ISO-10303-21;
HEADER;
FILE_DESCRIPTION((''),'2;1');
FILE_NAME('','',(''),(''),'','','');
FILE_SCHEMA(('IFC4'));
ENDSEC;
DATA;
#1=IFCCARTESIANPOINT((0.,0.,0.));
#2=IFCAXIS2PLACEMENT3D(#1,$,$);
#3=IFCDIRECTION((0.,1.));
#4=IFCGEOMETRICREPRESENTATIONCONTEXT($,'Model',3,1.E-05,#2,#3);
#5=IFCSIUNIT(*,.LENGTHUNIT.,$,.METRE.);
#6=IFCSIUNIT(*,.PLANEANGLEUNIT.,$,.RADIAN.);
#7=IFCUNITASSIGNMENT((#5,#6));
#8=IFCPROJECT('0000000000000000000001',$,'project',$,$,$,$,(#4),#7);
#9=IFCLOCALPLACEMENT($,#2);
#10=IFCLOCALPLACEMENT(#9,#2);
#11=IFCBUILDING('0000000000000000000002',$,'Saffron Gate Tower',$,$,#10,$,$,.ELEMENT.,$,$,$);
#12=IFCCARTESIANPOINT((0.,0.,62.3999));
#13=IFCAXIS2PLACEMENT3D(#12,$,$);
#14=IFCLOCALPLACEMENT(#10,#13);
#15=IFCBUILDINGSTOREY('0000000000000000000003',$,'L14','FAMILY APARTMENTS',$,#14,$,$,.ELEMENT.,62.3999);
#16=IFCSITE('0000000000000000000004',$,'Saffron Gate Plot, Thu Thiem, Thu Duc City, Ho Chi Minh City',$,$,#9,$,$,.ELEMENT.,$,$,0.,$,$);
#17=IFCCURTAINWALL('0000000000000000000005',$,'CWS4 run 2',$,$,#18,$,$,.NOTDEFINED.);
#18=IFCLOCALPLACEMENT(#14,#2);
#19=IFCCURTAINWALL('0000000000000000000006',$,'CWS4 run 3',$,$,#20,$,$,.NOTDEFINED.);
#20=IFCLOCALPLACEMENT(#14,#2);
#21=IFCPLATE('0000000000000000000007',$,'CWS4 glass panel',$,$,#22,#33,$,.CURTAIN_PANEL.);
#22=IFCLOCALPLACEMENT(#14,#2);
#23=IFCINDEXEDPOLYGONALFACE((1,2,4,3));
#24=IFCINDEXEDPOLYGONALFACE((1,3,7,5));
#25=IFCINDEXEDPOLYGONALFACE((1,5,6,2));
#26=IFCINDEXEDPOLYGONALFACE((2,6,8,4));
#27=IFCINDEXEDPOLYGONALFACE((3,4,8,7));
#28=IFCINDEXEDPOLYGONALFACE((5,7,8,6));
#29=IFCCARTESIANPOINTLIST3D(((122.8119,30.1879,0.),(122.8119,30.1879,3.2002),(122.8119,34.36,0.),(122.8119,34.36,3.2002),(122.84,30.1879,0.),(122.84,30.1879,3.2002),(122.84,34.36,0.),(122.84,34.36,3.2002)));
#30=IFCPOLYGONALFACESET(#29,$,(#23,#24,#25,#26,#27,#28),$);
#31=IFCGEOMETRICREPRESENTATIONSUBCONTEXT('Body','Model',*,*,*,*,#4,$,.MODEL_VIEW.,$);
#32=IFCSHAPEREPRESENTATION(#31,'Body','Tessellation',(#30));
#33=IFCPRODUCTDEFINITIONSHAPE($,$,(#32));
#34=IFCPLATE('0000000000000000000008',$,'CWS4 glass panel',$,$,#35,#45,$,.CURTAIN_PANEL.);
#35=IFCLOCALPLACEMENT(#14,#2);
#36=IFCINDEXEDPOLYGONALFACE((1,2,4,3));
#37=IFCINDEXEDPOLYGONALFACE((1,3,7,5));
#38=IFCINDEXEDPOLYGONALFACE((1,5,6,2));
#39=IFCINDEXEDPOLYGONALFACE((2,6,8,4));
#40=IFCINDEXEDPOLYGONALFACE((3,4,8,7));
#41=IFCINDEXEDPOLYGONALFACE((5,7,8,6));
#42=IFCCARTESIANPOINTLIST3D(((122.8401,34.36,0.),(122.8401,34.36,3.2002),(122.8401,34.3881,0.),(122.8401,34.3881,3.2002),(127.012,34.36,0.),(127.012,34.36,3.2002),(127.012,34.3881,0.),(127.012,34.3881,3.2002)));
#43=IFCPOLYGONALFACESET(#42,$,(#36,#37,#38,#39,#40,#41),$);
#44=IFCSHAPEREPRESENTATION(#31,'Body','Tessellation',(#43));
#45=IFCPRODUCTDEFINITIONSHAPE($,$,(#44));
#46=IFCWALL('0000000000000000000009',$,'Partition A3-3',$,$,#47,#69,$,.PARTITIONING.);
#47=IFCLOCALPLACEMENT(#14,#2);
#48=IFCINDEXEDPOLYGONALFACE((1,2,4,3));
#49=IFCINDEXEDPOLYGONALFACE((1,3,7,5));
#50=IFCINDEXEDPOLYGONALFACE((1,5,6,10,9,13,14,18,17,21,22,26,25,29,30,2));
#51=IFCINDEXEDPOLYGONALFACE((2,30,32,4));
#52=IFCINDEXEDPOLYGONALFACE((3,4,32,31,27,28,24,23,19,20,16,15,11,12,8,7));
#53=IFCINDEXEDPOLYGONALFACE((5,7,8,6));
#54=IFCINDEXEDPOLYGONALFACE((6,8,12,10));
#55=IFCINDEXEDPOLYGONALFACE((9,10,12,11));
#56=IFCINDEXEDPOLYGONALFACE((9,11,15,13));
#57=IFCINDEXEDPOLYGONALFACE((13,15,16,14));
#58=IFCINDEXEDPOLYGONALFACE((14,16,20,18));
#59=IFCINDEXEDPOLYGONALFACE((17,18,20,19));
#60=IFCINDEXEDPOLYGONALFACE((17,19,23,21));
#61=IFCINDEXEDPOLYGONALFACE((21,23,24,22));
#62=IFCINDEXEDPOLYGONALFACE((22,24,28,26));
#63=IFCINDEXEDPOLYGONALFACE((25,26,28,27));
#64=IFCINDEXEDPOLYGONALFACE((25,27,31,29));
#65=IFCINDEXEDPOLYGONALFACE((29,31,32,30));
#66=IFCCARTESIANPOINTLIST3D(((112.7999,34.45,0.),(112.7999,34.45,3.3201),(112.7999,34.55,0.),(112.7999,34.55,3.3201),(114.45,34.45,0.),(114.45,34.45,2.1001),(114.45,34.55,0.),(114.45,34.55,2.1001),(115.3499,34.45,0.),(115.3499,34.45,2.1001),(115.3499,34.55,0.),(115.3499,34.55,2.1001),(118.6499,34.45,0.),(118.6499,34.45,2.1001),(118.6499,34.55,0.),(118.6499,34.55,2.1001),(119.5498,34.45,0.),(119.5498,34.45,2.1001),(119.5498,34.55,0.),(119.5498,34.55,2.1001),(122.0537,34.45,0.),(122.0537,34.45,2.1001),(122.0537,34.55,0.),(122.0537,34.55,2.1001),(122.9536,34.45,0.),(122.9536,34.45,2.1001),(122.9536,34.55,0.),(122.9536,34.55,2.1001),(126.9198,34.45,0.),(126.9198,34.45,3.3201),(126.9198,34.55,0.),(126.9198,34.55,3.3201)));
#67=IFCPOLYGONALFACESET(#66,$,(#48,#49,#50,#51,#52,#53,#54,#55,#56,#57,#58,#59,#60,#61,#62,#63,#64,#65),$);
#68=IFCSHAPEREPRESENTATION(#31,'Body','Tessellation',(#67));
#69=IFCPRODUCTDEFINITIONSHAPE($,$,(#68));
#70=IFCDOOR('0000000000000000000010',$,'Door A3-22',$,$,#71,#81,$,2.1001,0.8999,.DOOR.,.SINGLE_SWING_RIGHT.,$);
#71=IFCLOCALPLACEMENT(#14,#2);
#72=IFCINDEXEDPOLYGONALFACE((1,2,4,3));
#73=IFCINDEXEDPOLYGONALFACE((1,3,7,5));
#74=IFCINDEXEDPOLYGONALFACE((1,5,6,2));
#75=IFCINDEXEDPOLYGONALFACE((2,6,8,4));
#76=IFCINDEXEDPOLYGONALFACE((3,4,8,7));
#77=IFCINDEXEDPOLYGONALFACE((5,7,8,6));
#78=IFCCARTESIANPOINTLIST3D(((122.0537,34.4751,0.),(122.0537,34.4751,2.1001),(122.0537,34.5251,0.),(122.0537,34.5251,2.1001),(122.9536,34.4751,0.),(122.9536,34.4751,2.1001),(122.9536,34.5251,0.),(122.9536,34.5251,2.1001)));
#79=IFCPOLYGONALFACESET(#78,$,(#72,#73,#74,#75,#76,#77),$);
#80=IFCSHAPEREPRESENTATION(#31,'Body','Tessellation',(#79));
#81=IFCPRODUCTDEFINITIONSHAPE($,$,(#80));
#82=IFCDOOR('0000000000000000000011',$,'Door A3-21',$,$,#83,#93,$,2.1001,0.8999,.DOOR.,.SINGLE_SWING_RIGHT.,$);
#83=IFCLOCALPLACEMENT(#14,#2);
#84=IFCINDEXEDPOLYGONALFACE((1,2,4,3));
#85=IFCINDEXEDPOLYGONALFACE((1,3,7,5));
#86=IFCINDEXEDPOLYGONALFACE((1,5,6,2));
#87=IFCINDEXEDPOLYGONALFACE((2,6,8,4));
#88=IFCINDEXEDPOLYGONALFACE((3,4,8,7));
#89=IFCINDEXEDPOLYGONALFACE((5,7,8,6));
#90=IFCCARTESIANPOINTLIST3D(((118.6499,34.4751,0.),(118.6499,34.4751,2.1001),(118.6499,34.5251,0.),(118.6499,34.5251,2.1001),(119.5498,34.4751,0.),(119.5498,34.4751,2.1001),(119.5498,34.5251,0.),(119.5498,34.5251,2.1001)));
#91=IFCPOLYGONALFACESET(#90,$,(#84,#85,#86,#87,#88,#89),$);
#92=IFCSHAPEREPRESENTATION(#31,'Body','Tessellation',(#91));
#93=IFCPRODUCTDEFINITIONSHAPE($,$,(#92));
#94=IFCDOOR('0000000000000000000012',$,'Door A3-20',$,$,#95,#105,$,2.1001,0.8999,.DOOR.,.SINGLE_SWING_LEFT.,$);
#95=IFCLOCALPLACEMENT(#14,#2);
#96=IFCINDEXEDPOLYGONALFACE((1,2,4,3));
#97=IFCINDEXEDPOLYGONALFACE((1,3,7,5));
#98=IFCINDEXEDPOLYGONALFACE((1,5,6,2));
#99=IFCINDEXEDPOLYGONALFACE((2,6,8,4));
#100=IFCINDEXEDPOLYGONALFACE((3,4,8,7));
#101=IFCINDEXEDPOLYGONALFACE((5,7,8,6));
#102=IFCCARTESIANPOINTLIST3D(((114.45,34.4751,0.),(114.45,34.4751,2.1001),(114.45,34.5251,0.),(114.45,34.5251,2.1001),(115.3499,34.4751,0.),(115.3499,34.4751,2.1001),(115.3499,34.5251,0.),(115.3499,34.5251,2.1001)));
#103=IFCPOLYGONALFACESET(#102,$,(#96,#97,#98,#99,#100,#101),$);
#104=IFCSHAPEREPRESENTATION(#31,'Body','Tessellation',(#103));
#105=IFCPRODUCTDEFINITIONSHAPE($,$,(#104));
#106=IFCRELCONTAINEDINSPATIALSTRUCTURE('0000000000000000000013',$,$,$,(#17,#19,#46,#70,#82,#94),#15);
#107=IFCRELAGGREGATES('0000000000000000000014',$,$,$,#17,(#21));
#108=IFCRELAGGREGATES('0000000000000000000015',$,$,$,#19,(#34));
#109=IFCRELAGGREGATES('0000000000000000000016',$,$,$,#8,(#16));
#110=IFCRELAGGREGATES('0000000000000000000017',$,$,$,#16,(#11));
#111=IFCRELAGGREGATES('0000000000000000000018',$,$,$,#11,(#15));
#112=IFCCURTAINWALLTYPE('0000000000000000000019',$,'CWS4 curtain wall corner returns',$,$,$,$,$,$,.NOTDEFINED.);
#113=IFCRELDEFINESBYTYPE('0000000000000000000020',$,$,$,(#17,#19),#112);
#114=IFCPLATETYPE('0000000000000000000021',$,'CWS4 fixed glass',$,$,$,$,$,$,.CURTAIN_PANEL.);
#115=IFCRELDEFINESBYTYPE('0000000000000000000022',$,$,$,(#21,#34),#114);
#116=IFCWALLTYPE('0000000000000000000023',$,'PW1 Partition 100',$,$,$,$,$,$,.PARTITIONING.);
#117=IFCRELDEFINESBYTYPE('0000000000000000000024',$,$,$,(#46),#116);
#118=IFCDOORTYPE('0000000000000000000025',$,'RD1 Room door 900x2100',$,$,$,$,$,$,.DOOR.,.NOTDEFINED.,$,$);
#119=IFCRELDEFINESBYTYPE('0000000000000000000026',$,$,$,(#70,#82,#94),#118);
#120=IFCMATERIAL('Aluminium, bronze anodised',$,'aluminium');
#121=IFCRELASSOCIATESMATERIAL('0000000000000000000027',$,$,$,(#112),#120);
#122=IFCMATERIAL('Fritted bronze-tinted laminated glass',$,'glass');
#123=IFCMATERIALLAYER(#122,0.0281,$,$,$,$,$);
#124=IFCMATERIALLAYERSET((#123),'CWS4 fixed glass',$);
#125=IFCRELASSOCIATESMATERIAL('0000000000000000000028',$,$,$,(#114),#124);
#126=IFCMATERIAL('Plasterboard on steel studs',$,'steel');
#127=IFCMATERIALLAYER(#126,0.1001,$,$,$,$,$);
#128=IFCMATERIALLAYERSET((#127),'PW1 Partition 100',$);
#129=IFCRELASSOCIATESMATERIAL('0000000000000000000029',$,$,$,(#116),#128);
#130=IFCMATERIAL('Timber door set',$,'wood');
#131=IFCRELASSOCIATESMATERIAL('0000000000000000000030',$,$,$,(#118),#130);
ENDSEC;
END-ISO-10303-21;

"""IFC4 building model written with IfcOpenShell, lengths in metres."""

from ifc_helpers import new_model, si_unit, direction, frame, frame_2d, origin, place, context, subcontext, project, spatial, rectangle, extrude, material, layer, layer_set, type_object, element, fill, aggregate, save


model = new_model("IFC4")

# Units and contexts
model_context = context("Model", 3, precision=1e-05, world=origin(), true_north=direction((0.0, 1.0)))
body_context = subcontext(model_context, "Body", "Model", "MODEL_VIEW")
ifc_project = project(units=[si_unit("LENGTHUNIT", "METRE"), si_unit("PLANEANGLEUNIT", "RADIAN")], contexts=[model_context])

# Site, building, storey
site_placement = place(None, origin())
site = spatial("IfcSite", under=ifc_project, at=site_placement, Name="Saffron Gate Plot, Thu Thiem, Thu Duc City, Ho Chi Minh City", CompositionType="ELEMENT", RefElevation=0.0)
building_placement = place(site_placement, origin())
building = spatial("IfcBuilding", under=site, at=building_placement, Name="Saffron Gate Tower", CompositionType="ELEMENT")
storey_placement = place(building_placement, frame((0.0, 0.0, 62.3999)))
storey = spatial("IfcBuildingStorey", under=building, at=storey_placement, Name="L14", Description="FAMILY APARTMENTS", CompositionType="ELEMENT", Elevation=62.3999)

# Shared definitions
ifc_material_1 = material(Name="Aluminium, bronze anodised", Category="aluminium")

# Curtain walls
curtain_wall_type_1 = type_object("IfcCurtainWallType", Name="CWS4 curtain wall corner returns", PredefinedType="NOTDEFINED", material=ifc_material_1)
curtain_wall_1_placement = place(storey_placement, origin())
curtain_wall_1 = element("IfcCurtainWall", 1, at=curtain_wall_1_placement, inside=storey, type_object=curtain_wall_type_1, Name="CWS4 run 2", PredefinedType="NOTDEFINED")
curtain_wall_2_placement = place(storey_placement, origin())
curtain_wall_2 = element("IfcCurtainWall", 2, at=curtain_wall_2_placement, inside=storey, type_object=curtain_wall_type_1, Name="CWS4 run 3", PredefinedType="NOTDEFINED")

# Shared definitions
ifc_material_2 = material(Name="Fritted bronze-tinted laminated glass", Category="glass")

# Plates
ifc_layer_1 = layer(ifc_material_2, 0.0281)
ifc_layer_set_1 = layer_set([ifc_layer_1], Name="CWS4 fixed glass")
plate_type_1 = type_object("IfcPlateType", Name="CWS4 fixed glass", PredefinedType="CURTAIN_PANEL", material=ifc_layer_set_1)
plate_1_placement = place(storey_placement, frame((122.8259, 30.188, 0.0), z_axis=(0.0, 0.0, 1.0), x_axis=(0.0, 1.0, 0.0)))
plate_1 = element("IfcPlate", 3, at=plate_1_placement, type_object=plate_type_1, Name="CWS4 glass panel", PredefinedType="CURTAIN_PANEL", context=body_context, shape_type="SweptSolid", body=[
    extrude(rectangle(XDim=4.1721, YDim=0.0281, at=frame_2d((2.0859, 0.0))), origin(), (0.0, 0.0, 1.0), 3.2002),
])
aggregate(curtain_wall_1, [plate_1])
plate_2_placement = place(storey_placement, frame((122.8401, 34.374, 0.0), z_axis=(0.0, 0.0, 1.0), x_axis=(1.0, 0.0, 0.0)))
plate_2 = element("IfcPlate", 4, at=plate_2_placement, type_object=plate_type_1, Name="CWS4 glass panel", PredefinedType="CURTAIN_PANEL", context=body_context, shape_type="SweptSolid", body=[
    extrude(rectangle(XDim=4.1719, YDim=0.0281, at=frame_2d((2.0859, 0.0))), origin(), (0.0, 0.0, 1.0), 3.2002),
])
aggregate(curtain_wall_2, [plate_2])

# Wall, openings, doors
ifc_material_3 = material(Name="Plasterboard on steel studs", Category="steel")
ifc_layer_2 = layer(ifc_material_3, 0.1001)
ifc_layer_set_2 = layer_set([ifc_layer_2], Name="PW1 Partition 100")
wall_type = type_object("IfcWallType", Name="PW1 Partition 100", PredefinedType="PARTITIONING", material=ifc_layer_set_2)
wall_placement = place(storey_placement, frame((126.9199, 34.5, 0.0), z_axis=(0.0, 0.0, 1.0), x_axis=(-1.0, 0.0, 0.0)))
wall = element("IfcWall", 5, at=wall_placement, inside=storey, type_object=wall_type, Name="Partition A3-3", PredefinedType="PARTITIONING", context=body_context, shape_type="SweptSolid", body=[
    extrude(rectangle(XDim=14.1199, YDim=0.1001, at=frame_2d((7.0601, 0.0))), origin(), (0.0, 0.0, 1.0), 3.3201),
])
opening_1_placement = place(wall_placement, frame((3.9663, 0.0, 0.0)))
opening_1 = element("IfcOpeningElement", 6, at=opening_1_placement, cuts=wall, PredefinedType="OPENING", context=body_context, shape_type="SweptSolid", body=[
    extrude(rectangle(XDim=0.8999, YDim=2.1001, at=frame_2d((0.45, 1.05))), frame((0.0, 0.0601, 0.0), z_axis=(0.0, -1.0, 0.0), x_axis=(1.0, 0.0, 0.0)), (0.0, 0.0, 1.0), 0.1201),
])
opening_2_placement = place(wall_placement, frame((7.3701, 0.0, 0.0)))
opening_2 = element("IfcOpeningElement", 7, at=opening_2_placement, cuts=wall, PredefinedType="OPENING", context=body_context, shape_type="SweptSolid", body=[
    extrude(rectangle(XDim=0.8999, YDim=2.1001, at=frame_2d((0.45, 1.05))), frame((0.0, 0.0601, 0.0), z_axis=(0.0, -1.0, 0.0), x_axis=(1.0, 0.0, 0.0)), (0.0, 0.0, 1.0), 0.1201),
])
opening_3_placement = place(wall_placement, frame((11.5701, 0.0, 0.0)))
opening_3 = element("IfcOpeningElement", 8, at=opening_3_placement, cuts=wall, PredefinedType="OPENING", context=body_context, shape_type="SweptSolid", body=[
    extrude(rectangle(XDim=0.8999, YDim=2.1001, at=frame_2d((0.45, 1.05))), frame((0.0, 0.0601, 0.0), z_axis=(0.0, -1.0, 0.0), x_axis=(1.0, 0.0, 0.0)), (0.0, 0.0, 1.0), 0.1201),
])
ifc_material_4 = material(Name="Timber door set", Category="wood")
door_type = type_object("IfcDoorType", Name="RD1 Room door 900x2100", OperationType="NOTDEFINED", PredefinedType="DOOR", material=ifc_material_4)
door_1_placement = place(opening_1_placement, origin())
door_1 = element("IfcDoor", 9, at=door_1_placement, inside=storey, type_object=door_type, Name="Door A3-22", OperationType="SINGLE_SWING_RIGHT", OverallHeight=2.1001, OverallWidth=0.8999, PredefinedType="DOOR", context=body_context, shape_type="SweptSolid", body=[
    extrude(rectangle(XDim=0.8999, YDim=2.1001, at=frame_2d((0.45, 1.05))), frame((0.0, 0.0249, 0.0), z_axis=(0.0, -1.0, 0.0), x_axis=(1.0, 0.0, 0.0)), (0.0, 0.0, 1.0), 0.05),
])
fill(opening_1, door_1)
door_2_placement = place(opening_2_placement, origin())
door_2 = element("IfcDoor", 10, at=door_2_placement, inside=storey, type_object=door_type, Name="Door A3-21", OperationType="SINGLE_SWING_RIGHT", OverallHeight=2.1001, OverallWidth=0.8999, PredefinedType="DOOR", context=body_context, shape_type="SweptSolid", body=[
    extrude(rectangle(XDim=0.8999, YDim=2.1001, at=frame_2d((0.45, 1.05))), frame((0.0, 0.0249, 0.0), z_axis=(0.0, -1.0, 0.0), x_axis=(1.0, 0.0, 0.0)), (0.0, 0.0, 1.0), 0.05),
])
fill(opening_2, door_2)
door_3_placement = place(opening_3_placement, origin())
door_3 = element("IfcDoor", 11, at=door_3_placement, inside=storey, type_object=door_type, Name="Door A3-20", OperationType="SINGLE_SWING_LEFT", OverallHeight=2.1001, OverallWidth=0.8999, PredefinedType="DOOR", context=body_context, shape_type="SweptSolid", body=[
    extrude(rectangle(XDim=0.8999, YDim=2.1001, at=frame_2d((0.45, 1.05))), frame((0.0, 0.0249, 0.0), z_axis=(0.0, -1.0, 0.0), x_axis=(1.0, 0.0, 0.0)), (0.0, 0.0, 1.0), 0.05),
])
fill(opening_3, door_3)

save(model, "model.ifc")
